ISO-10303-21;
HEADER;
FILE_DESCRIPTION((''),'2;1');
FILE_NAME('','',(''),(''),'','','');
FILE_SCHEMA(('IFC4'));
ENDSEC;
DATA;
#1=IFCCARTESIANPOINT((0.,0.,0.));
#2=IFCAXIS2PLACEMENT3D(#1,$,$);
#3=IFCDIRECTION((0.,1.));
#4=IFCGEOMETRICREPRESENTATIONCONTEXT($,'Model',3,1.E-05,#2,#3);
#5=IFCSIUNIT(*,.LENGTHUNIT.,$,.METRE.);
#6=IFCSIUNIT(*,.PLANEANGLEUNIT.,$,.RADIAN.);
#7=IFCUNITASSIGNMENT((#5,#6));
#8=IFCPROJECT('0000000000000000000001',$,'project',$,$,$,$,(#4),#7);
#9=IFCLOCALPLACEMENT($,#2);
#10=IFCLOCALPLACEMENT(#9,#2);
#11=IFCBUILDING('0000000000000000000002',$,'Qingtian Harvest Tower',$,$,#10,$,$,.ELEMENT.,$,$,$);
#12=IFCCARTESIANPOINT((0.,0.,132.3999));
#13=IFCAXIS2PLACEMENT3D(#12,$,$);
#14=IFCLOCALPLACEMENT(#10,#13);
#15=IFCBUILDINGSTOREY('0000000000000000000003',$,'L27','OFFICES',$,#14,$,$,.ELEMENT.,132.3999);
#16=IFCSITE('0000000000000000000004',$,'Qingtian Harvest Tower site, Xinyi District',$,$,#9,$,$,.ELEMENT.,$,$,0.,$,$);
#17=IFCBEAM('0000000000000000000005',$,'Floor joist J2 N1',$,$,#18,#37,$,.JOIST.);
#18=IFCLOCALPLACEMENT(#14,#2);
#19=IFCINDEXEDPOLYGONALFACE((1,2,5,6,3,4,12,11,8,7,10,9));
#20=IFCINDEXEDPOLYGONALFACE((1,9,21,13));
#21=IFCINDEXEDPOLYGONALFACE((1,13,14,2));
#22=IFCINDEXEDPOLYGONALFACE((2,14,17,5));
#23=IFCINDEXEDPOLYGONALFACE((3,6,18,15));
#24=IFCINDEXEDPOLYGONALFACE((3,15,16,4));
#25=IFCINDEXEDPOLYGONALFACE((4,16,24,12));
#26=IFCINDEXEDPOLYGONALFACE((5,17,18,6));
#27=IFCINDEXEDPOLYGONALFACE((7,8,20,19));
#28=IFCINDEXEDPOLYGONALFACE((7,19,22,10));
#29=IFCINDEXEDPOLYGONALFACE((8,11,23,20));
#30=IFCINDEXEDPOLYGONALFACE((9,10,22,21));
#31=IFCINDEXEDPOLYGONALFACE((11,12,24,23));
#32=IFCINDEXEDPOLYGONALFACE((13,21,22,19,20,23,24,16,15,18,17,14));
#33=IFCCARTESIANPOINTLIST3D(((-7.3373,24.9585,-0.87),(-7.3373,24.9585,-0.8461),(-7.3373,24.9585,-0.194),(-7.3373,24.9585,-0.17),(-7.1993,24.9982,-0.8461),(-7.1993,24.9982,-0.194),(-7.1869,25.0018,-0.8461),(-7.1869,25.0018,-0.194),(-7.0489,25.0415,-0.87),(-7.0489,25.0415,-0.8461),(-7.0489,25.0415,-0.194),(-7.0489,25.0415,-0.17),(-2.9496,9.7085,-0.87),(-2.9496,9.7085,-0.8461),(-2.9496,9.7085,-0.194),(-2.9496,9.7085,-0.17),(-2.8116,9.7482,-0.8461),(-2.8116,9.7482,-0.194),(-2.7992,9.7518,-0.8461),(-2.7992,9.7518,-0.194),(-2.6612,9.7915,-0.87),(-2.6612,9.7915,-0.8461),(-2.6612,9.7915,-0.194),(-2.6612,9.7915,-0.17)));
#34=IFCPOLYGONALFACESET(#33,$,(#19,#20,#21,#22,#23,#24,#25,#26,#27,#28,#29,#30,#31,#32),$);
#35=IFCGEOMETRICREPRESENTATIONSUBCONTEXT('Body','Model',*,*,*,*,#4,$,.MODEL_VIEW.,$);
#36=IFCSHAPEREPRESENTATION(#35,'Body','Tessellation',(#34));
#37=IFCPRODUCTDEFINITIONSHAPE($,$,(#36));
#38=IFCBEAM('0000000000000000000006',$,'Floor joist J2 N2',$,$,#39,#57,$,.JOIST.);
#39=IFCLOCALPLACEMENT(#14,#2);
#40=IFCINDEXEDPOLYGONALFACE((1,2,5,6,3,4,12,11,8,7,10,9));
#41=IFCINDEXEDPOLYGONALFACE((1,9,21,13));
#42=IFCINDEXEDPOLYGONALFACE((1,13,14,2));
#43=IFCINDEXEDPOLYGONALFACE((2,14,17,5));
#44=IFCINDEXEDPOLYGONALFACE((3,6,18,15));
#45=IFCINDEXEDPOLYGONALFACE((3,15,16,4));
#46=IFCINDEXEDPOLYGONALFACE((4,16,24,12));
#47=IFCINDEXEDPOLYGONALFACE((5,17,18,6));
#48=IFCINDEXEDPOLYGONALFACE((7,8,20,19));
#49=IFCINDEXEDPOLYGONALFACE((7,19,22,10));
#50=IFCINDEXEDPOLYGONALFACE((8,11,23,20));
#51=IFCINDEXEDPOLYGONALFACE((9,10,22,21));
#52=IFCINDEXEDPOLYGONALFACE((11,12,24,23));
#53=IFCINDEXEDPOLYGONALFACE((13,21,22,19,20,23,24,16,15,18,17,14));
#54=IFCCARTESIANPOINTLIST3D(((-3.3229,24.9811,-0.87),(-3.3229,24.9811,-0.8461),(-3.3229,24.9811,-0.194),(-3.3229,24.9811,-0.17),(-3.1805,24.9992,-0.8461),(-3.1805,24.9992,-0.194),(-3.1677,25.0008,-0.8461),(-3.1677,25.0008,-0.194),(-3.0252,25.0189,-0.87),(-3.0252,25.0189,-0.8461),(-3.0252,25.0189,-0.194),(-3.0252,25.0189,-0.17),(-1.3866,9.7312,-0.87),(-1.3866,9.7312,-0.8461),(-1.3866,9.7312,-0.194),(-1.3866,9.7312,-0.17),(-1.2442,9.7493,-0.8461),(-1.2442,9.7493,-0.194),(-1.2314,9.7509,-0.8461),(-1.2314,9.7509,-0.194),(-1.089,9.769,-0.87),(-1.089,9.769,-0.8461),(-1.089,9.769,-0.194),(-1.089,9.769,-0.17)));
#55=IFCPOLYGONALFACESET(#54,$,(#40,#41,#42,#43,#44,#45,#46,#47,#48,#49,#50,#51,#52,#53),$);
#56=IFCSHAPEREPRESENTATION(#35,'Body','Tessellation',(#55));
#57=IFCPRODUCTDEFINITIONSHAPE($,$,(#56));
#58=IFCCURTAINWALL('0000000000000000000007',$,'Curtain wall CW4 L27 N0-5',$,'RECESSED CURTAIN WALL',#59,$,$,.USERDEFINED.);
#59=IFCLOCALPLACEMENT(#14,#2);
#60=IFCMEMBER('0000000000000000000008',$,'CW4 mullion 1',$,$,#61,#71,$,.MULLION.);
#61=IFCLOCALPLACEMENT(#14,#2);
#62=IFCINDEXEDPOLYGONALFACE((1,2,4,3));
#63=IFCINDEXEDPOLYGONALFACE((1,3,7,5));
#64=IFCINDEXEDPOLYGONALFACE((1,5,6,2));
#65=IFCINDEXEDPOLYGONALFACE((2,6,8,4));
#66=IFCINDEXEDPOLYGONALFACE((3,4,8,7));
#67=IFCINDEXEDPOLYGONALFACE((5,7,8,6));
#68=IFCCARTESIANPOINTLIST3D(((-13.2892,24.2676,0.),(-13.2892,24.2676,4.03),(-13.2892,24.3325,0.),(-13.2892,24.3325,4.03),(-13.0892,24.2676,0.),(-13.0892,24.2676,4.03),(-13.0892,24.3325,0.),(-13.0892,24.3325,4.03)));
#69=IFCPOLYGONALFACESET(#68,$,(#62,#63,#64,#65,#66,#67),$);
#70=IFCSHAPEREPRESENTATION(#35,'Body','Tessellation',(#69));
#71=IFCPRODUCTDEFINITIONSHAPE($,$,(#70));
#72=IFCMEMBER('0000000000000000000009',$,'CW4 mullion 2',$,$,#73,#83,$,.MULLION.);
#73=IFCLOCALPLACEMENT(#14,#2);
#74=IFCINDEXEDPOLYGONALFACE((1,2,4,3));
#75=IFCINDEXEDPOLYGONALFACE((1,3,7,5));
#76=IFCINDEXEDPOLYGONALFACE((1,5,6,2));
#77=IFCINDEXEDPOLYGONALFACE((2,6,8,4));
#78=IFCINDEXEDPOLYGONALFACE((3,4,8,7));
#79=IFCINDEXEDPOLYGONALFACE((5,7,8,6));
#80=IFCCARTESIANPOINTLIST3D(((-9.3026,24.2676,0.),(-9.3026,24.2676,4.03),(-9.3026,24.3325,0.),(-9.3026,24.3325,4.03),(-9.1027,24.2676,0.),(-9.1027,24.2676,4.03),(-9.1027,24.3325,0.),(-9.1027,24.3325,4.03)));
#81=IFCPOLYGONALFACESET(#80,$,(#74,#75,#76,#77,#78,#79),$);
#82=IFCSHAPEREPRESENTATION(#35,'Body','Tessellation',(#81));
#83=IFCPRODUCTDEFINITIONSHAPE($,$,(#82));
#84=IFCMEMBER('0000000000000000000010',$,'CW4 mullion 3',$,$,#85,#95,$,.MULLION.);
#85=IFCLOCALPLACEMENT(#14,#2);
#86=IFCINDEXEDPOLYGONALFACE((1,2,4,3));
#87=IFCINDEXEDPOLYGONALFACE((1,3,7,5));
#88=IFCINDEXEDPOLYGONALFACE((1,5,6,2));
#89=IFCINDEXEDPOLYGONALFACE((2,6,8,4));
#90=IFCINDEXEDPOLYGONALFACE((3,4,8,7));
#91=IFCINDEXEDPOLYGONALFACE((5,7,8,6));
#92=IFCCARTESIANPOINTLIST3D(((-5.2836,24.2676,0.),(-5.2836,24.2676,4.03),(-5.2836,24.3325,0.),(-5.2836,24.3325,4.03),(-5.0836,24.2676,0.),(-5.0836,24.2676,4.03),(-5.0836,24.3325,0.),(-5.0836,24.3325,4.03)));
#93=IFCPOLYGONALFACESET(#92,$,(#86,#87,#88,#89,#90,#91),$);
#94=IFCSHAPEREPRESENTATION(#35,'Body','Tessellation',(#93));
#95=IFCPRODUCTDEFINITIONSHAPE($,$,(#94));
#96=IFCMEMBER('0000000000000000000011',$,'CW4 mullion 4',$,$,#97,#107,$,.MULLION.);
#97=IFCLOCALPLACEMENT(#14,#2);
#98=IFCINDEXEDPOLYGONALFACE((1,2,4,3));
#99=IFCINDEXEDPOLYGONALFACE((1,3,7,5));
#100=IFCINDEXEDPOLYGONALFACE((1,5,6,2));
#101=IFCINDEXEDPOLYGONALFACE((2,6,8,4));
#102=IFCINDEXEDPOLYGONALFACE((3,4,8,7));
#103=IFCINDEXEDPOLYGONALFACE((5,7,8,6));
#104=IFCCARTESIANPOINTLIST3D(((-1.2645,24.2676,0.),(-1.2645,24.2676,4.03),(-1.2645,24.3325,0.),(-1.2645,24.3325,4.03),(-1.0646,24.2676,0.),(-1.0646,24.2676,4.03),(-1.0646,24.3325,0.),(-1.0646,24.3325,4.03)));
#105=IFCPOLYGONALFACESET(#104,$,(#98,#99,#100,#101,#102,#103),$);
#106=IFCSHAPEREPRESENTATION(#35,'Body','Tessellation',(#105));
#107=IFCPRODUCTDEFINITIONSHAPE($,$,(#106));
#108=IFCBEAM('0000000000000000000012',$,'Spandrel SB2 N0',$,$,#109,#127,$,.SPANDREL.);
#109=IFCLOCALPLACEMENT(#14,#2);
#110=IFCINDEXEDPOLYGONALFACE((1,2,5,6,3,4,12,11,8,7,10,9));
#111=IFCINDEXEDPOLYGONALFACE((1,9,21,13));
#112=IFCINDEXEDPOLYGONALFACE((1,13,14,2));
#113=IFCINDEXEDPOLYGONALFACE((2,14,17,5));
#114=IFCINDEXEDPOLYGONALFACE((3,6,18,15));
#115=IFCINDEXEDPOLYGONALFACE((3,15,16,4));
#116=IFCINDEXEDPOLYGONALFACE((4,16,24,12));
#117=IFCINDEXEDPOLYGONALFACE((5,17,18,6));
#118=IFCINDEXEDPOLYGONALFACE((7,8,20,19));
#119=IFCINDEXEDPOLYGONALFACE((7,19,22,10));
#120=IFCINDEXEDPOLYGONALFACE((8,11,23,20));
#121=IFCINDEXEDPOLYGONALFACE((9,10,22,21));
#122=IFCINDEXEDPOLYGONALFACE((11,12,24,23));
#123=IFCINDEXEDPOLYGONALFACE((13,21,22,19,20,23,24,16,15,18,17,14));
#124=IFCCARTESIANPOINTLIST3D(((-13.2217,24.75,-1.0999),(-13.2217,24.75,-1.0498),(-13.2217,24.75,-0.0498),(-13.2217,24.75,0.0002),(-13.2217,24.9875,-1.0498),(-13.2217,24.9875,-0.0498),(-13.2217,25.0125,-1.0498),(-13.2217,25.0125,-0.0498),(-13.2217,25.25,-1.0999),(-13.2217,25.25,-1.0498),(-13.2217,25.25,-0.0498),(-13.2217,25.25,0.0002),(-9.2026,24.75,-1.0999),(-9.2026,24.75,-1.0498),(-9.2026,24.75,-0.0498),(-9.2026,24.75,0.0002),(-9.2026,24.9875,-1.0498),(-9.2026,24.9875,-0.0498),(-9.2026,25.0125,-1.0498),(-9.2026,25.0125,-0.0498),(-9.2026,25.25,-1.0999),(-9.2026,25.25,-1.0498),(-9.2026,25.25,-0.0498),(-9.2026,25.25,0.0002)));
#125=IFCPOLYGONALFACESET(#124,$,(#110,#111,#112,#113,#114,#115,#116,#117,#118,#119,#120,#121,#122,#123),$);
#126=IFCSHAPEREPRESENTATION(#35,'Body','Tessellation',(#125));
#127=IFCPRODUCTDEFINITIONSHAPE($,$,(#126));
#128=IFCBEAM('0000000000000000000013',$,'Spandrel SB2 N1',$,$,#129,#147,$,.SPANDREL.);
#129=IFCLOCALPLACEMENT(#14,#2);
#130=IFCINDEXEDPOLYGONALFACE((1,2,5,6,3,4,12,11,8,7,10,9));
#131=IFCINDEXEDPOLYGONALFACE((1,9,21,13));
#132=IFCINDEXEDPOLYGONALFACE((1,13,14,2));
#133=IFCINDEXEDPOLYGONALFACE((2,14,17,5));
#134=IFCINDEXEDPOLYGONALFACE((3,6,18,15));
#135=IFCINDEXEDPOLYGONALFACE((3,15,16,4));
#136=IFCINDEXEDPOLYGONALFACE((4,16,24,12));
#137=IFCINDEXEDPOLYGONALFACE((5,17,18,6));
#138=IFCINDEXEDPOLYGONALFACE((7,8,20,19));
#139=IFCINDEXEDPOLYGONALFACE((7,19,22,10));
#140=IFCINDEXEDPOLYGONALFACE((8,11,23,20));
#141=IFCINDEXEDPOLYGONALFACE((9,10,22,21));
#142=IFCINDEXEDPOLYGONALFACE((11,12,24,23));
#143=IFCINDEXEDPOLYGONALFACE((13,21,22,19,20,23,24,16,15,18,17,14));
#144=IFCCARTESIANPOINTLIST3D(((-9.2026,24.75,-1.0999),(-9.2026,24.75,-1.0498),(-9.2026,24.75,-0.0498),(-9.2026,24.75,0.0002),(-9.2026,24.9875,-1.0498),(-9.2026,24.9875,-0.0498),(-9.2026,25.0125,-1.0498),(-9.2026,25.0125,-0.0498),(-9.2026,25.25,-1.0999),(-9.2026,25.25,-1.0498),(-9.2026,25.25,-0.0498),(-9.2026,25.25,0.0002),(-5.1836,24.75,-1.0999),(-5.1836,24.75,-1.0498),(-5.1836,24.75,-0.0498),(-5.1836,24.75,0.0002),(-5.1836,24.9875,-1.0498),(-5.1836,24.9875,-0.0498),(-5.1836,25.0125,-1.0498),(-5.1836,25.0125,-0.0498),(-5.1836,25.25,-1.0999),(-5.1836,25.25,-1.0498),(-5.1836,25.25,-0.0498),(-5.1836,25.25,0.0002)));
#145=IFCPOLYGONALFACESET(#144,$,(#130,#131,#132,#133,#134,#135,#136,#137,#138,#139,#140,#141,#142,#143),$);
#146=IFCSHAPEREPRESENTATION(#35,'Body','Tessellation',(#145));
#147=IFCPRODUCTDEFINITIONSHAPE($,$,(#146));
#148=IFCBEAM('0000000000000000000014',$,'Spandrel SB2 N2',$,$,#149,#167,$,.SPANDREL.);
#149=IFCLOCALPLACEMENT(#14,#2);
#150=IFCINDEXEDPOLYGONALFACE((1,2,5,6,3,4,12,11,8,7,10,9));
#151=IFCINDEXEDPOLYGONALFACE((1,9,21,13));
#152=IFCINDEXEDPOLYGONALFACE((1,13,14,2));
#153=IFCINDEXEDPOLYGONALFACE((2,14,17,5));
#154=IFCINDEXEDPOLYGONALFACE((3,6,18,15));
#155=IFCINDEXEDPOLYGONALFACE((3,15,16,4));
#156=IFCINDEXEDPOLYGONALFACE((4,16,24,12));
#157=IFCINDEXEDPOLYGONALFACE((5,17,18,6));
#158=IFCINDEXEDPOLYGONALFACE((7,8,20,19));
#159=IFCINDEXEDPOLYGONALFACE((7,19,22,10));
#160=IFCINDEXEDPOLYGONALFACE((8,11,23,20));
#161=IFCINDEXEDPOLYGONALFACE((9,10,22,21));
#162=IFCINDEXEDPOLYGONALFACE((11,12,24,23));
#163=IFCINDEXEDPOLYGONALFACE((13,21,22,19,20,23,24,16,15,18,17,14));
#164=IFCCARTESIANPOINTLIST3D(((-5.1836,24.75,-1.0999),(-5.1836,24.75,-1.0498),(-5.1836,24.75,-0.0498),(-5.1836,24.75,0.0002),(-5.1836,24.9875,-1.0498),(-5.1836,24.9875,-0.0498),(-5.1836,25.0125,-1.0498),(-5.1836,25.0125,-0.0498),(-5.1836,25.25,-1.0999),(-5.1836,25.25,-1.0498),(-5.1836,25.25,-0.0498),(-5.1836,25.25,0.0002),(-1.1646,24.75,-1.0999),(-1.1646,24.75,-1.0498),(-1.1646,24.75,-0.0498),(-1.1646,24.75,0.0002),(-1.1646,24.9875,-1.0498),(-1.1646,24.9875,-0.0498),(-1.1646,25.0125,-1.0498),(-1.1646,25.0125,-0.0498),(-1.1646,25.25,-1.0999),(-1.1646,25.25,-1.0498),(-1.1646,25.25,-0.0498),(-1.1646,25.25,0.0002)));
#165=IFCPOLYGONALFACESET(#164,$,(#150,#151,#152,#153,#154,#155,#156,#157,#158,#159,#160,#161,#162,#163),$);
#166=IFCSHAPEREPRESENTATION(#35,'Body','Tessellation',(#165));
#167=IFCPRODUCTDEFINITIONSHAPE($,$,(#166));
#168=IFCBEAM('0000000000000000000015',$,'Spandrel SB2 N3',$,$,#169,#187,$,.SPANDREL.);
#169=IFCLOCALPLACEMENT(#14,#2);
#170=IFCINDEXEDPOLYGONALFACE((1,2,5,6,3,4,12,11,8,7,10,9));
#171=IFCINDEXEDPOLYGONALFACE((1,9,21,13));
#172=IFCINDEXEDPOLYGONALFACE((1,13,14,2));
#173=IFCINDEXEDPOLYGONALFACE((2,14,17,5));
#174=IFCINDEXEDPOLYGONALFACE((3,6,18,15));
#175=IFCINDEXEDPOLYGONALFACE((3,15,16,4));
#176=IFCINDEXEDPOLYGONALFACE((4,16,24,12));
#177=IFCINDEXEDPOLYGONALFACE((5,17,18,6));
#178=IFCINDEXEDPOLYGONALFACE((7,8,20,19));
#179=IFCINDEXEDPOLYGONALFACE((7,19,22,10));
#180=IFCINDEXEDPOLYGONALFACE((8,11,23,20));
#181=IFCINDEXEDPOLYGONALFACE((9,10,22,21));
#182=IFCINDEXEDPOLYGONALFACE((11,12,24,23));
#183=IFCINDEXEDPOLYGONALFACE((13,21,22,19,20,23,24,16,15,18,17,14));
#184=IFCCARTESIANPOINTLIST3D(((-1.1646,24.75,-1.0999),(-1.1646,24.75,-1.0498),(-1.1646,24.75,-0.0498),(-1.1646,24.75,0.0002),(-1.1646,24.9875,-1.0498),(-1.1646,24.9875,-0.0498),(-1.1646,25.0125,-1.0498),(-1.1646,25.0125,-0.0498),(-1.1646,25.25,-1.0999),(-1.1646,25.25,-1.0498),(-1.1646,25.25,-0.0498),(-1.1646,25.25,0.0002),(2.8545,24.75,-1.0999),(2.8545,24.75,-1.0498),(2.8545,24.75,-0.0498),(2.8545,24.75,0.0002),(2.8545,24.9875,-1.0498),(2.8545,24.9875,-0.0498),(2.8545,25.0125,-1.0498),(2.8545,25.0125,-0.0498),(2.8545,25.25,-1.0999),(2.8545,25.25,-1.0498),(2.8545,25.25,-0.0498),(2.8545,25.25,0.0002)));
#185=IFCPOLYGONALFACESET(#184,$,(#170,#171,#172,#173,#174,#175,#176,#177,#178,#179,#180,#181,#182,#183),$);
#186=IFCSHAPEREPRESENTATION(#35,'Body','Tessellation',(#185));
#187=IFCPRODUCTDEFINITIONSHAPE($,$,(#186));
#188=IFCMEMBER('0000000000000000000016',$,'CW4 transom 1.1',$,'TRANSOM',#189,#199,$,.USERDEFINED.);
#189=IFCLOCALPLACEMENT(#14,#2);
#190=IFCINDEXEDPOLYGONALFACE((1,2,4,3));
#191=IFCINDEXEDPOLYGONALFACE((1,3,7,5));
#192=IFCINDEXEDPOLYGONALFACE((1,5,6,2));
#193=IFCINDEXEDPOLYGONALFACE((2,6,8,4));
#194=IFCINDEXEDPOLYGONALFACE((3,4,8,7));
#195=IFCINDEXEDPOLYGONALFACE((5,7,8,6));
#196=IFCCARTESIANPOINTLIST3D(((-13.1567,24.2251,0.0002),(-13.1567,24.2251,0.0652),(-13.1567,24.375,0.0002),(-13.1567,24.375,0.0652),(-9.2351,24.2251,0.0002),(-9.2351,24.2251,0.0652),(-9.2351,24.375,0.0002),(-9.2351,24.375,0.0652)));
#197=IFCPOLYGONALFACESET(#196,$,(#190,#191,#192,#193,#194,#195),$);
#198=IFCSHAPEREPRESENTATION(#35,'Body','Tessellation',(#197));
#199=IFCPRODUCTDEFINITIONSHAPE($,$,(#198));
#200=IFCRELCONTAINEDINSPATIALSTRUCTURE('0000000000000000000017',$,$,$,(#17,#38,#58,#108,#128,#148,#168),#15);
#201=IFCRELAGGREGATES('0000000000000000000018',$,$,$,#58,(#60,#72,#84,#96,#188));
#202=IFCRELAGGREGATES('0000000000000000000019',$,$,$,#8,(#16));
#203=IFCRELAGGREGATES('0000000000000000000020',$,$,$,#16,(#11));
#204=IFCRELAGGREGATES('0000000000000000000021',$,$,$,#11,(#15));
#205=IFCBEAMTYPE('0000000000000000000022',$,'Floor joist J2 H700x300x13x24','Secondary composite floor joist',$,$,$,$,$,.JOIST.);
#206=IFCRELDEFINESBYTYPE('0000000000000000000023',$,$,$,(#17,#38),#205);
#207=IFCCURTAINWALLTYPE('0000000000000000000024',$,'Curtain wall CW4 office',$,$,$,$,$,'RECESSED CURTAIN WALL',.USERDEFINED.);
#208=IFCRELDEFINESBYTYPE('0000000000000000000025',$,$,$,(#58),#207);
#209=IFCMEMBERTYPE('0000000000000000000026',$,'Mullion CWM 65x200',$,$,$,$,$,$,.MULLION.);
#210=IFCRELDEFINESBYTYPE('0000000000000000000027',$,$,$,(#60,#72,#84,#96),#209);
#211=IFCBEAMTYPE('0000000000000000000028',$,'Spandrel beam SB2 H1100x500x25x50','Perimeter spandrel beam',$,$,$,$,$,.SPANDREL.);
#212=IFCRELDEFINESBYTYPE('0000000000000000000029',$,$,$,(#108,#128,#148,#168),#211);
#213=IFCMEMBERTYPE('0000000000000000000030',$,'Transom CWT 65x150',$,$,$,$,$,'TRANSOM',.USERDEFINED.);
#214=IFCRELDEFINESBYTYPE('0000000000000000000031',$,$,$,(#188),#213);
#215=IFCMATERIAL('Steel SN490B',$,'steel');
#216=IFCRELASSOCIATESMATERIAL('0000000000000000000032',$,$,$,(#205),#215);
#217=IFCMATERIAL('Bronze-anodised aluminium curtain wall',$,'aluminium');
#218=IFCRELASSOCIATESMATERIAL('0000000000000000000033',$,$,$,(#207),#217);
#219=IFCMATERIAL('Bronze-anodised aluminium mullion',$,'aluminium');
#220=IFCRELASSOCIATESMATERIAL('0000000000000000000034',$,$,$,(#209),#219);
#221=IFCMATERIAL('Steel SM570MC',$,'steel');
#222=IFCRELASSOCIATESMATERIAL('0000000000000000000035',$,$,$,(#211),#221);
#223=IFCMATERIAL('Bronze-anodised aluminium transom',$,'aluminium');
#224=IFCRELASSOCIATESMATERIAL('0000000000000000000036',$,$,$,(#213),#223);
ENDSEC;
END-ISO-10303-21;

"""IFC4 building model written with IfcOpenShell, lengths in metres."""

from ifc_helpers import new_model, si_unit, direction, frame, origin, origin_2d, place, context, subcontext, project, spatial, rectangle, i_section, extrude, material, material_profile, profile_set, type_object, element, aggregate, save


model = new_model("IFC4")

# Units and contexts
model_context = context("Model", 3, precision=1e-05, world=origin(), true_north=direction((0.0, 1.0)))
body_context = subcontext(model_context, "Body", "Model", "MODEL_VIEW")
ifc_project = project(units=[si_unit("LENGTHUNIT", "METRE"), si_unit("PLANEANGLEUNIT", "RADIAN")], contexts=[model_context])

# Site, building, storey
site_placement = place(None, origin())
site = spatial("IfcSite", under=ifc_project, at=site_placement, Name="Qingtian Harvest Tower site, Xinyi District", CompositionType="ELEMENT", RefElevation=0.0)
building_placement = place(site_placement, origin())
building = spatial("IfcBuilding", under=site, at=building_placement, Name="Qingtian Harvest Tower", CompositionType="ELEMENT")
storey_placement = place(building_placement, frame((0.0, 0.0, 132.3999)))
storey = spatial("IfcBuildingStorey", under=building, at=storey_placement, Name="L27", Description="OFFICES", CompositionType="ELEMENT", Elevation=132.3999)

# Beams
ifc_material_1 = material(Name="Steel SN490B", Category="steel")
ifc_material_profile_1 = material_profile(ifc_material_1, i_section(OverallWidth=0.3, OverallDepth=0.7, WebThickness=0.0129, FlangeThickness=0.0239, at=origin_2d()), Name="H700x300x13x24")
ifc_profile_set_1 = profile_set([ifc_material_profile_1], Name="Steel SN490B")
beam_type_1 = type_object("IfcBeamType", Name="Floor joist J2 H700x300x13x24", Description="Secondary composite floor joist", PredefinedType="JOIST", material=ifc_profile_set_1)
beam_1_placement = place(storey_placement, frame((-7.1931, 25.0, -0.52), z_axis=(0.276501, -0.961014, 0.0), x_axis=(0.961014, 0.276501, 0.0)))
element("IfcBeam", 1, at=beam_1_placement, inside=storey, type_object=beam_type_1, Name="Floor joist J2 N1", PredefinedType="JOIST", context=body_context, shape_type="SweptSolid", body=[
    extrude(i_section(OverallWidth=0.3, OverallDepth=0.7, WebThickness=0.0129, FlangeThickness=0.0239, at=origin_2d()), origin(), (0.0, 0.0, 1.0), 15.8687),
])
beam_2_placement = place(storey_placement, frame((-3.1741, 25.0, -0.52), z_axis=(0.125958, -0.992036, 0.0), x_axis=(0.992036, 0.125958, 0.0)))
element("IfcBeam", 2, at=beam_2_placement, inside=storey, type_object=beam_type_1, Name="Floor joist J2 N2", PredefinedType="JOIST", context=body_context, shape_type="SweptSolid", body=[
    extrude(i_section(OverallWidth=0.3, OverallDepth=0.7, WebThickness=0.0129, FlangeThickness=0.0239, at=origin_2d()), origin(), (0.0, 0.0, 1.0), 15.3723),
])

# Curtain wall, members
ifc_material_2 = material(Name="Bronze-anodised aluminium curtain wall", Category="aluminium")
curtain_wall_type = type_object("IfcCurtainWallType", Name="Curtain wall CW4 office", ElementType="RECESSED CURTAIN WALL", PredefinedType="USERDEFINED", material=ifc_material_2)
curtain_wall_placement = place(storey_placement, origin())
curtain_wall = element("IfcCurtainWall", 3, at=curtain_wall_placement, inside=storey, type_object=curtain_wall_type, Name="Curtain wall CW4 L27 N0-5", ObjectType="RECESSED CURTAIN WALL", PredefinedType="USERDEFINED")
ifc_material_3 = material(Name="Bronze-anodised aluminium mullion", Category="aluminium")
ifc_material_profile_2 = material_profile(ifc_material_3, rectangle(XDim=0.0649, YDim=0.2, at=origin_2d()), Name="AL 65x200")
ifc_profile_set_2 = profile_set([ifc_material_profile_2], Name="Bronze-anodised aluminium mullion")
member_type_1 = type_object("IfcMemberType", Name="Mullion CWM 65x200", PredefinedType="MULLION", material=ifc_profile_set_2)
member_1_placement = place(storey_placement, frame((-13.1892, 24.3, 0.0), z_axis=(0.0, 0.0, 1.0), x_axis=(0.0, 1.0, 0.0)))
member_1 = element("IfcMember", 4, at=member_1_placement, type_object=member_type_1, Name="CW4 mullion 1", PredefinedType="MULLION", context=body_context, shape_type="SweptSolid", body=[
    extrude(rectangle(XDim=0.0649, YDim=0.2, at=origin_2d()), origin(), (0.0, 0.0, 1.0), 4.03),
])
member_2_placement = place(storey_placement, frame((-9.2026, 24.3, 0.0), z_axis=(0.0, 0.0, 1.0), x_axis=(0.0, 1.0, 0.0)))
member_2 = element("IfcMember", 5, at=member_2_placement, type_object=member_type_1, Name="CW4 mullion 2", PredefinedType="MULLION", context=body_context, shape_type="SweptSolid", body=[
    extrude(rectangle(XDim=0.0649, YDim=0.2, at=origin_2d()), origin(), (0.0, 0.0, 1.0), 4.03),
])
member_3_placement = place(storey_placement, frame((-5.1836, 24.3, 0.0), z_axis=(0.0, 0.0, 1.0), x_axis=(0.0, 1.0, 0.0)))
member_3 = element("IfcMember", 6, at=member_3_placement, type_object=member_type_1, Name="CW4 mullion 3", PredefinedType="MULLION", context=body_context, shape_type="SweptSolid", body=[
    extrude(rectangle(XDim=0.0649, YDim=0.2, at=origin_2d()), origin(), (0.0, 0.0, 1.0), 4.03),
])
member_4_placement = place(storey_placement, frame((-1.1646, 24.3, 0.0), z_axis=(0.0, 0.0, 1.0), x_axis=(0.0, 1.0, 0.0)))
member_4 = element("IfcMember", 7, at=member_4_placement, type_object=member_type_1, Name="CW4 mullion 4", PredefinedType="MULLION", context=body_context, shape_type="SweptSolid", body=[
    extrude(rectangle(XDim=0.0649, YDim=0.2, at=origin_2d()), origin(), (0.0, 0.0, 1.0), 4.03),
])

# Beams
ifc_material_4 = material(Name="Steel SM570MC", Category="steel")
ifc_material_profile_3 = material_profile(ifc_material_4, i_section(OverallWidth=0.5, OverallDepth=1.1001, WebThickness=0.0249, FlangeThickness=0.05, at=origin_2d()), Name="H1100x500x25x50")
ifc_profile_set_3 = profile_set([ifc_material_profile_3], Name="Steel SM570MC")
beam_type_2 = type_object("IfcBeamType", Name="Spandrel beam SB2 H1100x500x25x50", Description="Perimeter spandrel beam", PredefinedType="SPANDREL", material=ifc_profile_set_3)
for number, where, z_axis, x_axis, name in (
    (8, (-13.2217, 25.0, -0.5498), (1.0, 0.0, 0.0), (0.0, 1.0, 0.0), "Spandrel SB2 N0"),
    (9, (-9.2026, 25.0, -0.5498), (1.0, 0.0, 0.0), (0.0, 1.0, 0.0), "Spandrel SB2 N1"),
    (10, (-5.1836, 25.0, -0.5498), (1.0, 0.0, 0.0), (0.0, 1.0, 0.0), "Spandrel SB2 N2"),
    (11, (-1.1646, 25.0, -0.5498), (1.0, 0.0, 0.0), (0.0, 1.0, 0.0), "Spandrel SB2 N3"),
):
    element("IfcBeam", number, at=place(storey_placement, frame(where, z_axis=z_axis, x_axis=x_axis)), inside=storey, type_object=beam_type_2, Name=name, PredefinedType="SPANDREL", context=body_context, shape_type="SweptSolid", body=[
        extrude(i_section(OverallWidth=0.5, OverallDepth=1.1001, WebThickness=0.0249, FlangeThickness=0.05, at=origin_2d()), origin(), (0.0, 0.0, 1.0), 4.019),
    ])

# Member
ifc_material_5 = material(Name="Bronze-anodised aluminium transom", Category="aluminium")
ifc_material_profile_4 = material_profile(ifc_material_5, rectangle(XDim=0.1499, YDim=0.0649, at=origin_2d()), Name="AL 65x150")
ifc_profile_set_4 = profile_set([ifc_material_profile_4], Name="Bronze-anodised aluminium transom")
member_type_2 = type_object("IfcMemberType", Name="Transom CWT 65x150", ElementType="TRANSOM", PredefinedType="USERDEFINED", material=ifc_profile_set_4)
member_5_placement = place(storey_placement, frame((-13.1567, 24.3, 0.0327), z_axis=(1.0, 0.0, 0.0), x_axis=(0.0, 1.0, 0.0)))
member_5 = element("IfcMember", 12, at=member_5_placement, type_object=member_type_2, Name="CW4 transom 1.1", ObjectType="TRANSOM", PredefinedType="USERDEFINED", context=body_context, shape_type="SweptSolid", body=[
    extrude(rectangle(XDim=0.1499, YDim=0.0649, at=origin_2d()), origin(), (0.0, 0.0, 1.0), 3.9216),
])

aggregate(curtain_wall, [member_1, member_2, member_3, member_4, member_5])

save(model, "model.ifc")
